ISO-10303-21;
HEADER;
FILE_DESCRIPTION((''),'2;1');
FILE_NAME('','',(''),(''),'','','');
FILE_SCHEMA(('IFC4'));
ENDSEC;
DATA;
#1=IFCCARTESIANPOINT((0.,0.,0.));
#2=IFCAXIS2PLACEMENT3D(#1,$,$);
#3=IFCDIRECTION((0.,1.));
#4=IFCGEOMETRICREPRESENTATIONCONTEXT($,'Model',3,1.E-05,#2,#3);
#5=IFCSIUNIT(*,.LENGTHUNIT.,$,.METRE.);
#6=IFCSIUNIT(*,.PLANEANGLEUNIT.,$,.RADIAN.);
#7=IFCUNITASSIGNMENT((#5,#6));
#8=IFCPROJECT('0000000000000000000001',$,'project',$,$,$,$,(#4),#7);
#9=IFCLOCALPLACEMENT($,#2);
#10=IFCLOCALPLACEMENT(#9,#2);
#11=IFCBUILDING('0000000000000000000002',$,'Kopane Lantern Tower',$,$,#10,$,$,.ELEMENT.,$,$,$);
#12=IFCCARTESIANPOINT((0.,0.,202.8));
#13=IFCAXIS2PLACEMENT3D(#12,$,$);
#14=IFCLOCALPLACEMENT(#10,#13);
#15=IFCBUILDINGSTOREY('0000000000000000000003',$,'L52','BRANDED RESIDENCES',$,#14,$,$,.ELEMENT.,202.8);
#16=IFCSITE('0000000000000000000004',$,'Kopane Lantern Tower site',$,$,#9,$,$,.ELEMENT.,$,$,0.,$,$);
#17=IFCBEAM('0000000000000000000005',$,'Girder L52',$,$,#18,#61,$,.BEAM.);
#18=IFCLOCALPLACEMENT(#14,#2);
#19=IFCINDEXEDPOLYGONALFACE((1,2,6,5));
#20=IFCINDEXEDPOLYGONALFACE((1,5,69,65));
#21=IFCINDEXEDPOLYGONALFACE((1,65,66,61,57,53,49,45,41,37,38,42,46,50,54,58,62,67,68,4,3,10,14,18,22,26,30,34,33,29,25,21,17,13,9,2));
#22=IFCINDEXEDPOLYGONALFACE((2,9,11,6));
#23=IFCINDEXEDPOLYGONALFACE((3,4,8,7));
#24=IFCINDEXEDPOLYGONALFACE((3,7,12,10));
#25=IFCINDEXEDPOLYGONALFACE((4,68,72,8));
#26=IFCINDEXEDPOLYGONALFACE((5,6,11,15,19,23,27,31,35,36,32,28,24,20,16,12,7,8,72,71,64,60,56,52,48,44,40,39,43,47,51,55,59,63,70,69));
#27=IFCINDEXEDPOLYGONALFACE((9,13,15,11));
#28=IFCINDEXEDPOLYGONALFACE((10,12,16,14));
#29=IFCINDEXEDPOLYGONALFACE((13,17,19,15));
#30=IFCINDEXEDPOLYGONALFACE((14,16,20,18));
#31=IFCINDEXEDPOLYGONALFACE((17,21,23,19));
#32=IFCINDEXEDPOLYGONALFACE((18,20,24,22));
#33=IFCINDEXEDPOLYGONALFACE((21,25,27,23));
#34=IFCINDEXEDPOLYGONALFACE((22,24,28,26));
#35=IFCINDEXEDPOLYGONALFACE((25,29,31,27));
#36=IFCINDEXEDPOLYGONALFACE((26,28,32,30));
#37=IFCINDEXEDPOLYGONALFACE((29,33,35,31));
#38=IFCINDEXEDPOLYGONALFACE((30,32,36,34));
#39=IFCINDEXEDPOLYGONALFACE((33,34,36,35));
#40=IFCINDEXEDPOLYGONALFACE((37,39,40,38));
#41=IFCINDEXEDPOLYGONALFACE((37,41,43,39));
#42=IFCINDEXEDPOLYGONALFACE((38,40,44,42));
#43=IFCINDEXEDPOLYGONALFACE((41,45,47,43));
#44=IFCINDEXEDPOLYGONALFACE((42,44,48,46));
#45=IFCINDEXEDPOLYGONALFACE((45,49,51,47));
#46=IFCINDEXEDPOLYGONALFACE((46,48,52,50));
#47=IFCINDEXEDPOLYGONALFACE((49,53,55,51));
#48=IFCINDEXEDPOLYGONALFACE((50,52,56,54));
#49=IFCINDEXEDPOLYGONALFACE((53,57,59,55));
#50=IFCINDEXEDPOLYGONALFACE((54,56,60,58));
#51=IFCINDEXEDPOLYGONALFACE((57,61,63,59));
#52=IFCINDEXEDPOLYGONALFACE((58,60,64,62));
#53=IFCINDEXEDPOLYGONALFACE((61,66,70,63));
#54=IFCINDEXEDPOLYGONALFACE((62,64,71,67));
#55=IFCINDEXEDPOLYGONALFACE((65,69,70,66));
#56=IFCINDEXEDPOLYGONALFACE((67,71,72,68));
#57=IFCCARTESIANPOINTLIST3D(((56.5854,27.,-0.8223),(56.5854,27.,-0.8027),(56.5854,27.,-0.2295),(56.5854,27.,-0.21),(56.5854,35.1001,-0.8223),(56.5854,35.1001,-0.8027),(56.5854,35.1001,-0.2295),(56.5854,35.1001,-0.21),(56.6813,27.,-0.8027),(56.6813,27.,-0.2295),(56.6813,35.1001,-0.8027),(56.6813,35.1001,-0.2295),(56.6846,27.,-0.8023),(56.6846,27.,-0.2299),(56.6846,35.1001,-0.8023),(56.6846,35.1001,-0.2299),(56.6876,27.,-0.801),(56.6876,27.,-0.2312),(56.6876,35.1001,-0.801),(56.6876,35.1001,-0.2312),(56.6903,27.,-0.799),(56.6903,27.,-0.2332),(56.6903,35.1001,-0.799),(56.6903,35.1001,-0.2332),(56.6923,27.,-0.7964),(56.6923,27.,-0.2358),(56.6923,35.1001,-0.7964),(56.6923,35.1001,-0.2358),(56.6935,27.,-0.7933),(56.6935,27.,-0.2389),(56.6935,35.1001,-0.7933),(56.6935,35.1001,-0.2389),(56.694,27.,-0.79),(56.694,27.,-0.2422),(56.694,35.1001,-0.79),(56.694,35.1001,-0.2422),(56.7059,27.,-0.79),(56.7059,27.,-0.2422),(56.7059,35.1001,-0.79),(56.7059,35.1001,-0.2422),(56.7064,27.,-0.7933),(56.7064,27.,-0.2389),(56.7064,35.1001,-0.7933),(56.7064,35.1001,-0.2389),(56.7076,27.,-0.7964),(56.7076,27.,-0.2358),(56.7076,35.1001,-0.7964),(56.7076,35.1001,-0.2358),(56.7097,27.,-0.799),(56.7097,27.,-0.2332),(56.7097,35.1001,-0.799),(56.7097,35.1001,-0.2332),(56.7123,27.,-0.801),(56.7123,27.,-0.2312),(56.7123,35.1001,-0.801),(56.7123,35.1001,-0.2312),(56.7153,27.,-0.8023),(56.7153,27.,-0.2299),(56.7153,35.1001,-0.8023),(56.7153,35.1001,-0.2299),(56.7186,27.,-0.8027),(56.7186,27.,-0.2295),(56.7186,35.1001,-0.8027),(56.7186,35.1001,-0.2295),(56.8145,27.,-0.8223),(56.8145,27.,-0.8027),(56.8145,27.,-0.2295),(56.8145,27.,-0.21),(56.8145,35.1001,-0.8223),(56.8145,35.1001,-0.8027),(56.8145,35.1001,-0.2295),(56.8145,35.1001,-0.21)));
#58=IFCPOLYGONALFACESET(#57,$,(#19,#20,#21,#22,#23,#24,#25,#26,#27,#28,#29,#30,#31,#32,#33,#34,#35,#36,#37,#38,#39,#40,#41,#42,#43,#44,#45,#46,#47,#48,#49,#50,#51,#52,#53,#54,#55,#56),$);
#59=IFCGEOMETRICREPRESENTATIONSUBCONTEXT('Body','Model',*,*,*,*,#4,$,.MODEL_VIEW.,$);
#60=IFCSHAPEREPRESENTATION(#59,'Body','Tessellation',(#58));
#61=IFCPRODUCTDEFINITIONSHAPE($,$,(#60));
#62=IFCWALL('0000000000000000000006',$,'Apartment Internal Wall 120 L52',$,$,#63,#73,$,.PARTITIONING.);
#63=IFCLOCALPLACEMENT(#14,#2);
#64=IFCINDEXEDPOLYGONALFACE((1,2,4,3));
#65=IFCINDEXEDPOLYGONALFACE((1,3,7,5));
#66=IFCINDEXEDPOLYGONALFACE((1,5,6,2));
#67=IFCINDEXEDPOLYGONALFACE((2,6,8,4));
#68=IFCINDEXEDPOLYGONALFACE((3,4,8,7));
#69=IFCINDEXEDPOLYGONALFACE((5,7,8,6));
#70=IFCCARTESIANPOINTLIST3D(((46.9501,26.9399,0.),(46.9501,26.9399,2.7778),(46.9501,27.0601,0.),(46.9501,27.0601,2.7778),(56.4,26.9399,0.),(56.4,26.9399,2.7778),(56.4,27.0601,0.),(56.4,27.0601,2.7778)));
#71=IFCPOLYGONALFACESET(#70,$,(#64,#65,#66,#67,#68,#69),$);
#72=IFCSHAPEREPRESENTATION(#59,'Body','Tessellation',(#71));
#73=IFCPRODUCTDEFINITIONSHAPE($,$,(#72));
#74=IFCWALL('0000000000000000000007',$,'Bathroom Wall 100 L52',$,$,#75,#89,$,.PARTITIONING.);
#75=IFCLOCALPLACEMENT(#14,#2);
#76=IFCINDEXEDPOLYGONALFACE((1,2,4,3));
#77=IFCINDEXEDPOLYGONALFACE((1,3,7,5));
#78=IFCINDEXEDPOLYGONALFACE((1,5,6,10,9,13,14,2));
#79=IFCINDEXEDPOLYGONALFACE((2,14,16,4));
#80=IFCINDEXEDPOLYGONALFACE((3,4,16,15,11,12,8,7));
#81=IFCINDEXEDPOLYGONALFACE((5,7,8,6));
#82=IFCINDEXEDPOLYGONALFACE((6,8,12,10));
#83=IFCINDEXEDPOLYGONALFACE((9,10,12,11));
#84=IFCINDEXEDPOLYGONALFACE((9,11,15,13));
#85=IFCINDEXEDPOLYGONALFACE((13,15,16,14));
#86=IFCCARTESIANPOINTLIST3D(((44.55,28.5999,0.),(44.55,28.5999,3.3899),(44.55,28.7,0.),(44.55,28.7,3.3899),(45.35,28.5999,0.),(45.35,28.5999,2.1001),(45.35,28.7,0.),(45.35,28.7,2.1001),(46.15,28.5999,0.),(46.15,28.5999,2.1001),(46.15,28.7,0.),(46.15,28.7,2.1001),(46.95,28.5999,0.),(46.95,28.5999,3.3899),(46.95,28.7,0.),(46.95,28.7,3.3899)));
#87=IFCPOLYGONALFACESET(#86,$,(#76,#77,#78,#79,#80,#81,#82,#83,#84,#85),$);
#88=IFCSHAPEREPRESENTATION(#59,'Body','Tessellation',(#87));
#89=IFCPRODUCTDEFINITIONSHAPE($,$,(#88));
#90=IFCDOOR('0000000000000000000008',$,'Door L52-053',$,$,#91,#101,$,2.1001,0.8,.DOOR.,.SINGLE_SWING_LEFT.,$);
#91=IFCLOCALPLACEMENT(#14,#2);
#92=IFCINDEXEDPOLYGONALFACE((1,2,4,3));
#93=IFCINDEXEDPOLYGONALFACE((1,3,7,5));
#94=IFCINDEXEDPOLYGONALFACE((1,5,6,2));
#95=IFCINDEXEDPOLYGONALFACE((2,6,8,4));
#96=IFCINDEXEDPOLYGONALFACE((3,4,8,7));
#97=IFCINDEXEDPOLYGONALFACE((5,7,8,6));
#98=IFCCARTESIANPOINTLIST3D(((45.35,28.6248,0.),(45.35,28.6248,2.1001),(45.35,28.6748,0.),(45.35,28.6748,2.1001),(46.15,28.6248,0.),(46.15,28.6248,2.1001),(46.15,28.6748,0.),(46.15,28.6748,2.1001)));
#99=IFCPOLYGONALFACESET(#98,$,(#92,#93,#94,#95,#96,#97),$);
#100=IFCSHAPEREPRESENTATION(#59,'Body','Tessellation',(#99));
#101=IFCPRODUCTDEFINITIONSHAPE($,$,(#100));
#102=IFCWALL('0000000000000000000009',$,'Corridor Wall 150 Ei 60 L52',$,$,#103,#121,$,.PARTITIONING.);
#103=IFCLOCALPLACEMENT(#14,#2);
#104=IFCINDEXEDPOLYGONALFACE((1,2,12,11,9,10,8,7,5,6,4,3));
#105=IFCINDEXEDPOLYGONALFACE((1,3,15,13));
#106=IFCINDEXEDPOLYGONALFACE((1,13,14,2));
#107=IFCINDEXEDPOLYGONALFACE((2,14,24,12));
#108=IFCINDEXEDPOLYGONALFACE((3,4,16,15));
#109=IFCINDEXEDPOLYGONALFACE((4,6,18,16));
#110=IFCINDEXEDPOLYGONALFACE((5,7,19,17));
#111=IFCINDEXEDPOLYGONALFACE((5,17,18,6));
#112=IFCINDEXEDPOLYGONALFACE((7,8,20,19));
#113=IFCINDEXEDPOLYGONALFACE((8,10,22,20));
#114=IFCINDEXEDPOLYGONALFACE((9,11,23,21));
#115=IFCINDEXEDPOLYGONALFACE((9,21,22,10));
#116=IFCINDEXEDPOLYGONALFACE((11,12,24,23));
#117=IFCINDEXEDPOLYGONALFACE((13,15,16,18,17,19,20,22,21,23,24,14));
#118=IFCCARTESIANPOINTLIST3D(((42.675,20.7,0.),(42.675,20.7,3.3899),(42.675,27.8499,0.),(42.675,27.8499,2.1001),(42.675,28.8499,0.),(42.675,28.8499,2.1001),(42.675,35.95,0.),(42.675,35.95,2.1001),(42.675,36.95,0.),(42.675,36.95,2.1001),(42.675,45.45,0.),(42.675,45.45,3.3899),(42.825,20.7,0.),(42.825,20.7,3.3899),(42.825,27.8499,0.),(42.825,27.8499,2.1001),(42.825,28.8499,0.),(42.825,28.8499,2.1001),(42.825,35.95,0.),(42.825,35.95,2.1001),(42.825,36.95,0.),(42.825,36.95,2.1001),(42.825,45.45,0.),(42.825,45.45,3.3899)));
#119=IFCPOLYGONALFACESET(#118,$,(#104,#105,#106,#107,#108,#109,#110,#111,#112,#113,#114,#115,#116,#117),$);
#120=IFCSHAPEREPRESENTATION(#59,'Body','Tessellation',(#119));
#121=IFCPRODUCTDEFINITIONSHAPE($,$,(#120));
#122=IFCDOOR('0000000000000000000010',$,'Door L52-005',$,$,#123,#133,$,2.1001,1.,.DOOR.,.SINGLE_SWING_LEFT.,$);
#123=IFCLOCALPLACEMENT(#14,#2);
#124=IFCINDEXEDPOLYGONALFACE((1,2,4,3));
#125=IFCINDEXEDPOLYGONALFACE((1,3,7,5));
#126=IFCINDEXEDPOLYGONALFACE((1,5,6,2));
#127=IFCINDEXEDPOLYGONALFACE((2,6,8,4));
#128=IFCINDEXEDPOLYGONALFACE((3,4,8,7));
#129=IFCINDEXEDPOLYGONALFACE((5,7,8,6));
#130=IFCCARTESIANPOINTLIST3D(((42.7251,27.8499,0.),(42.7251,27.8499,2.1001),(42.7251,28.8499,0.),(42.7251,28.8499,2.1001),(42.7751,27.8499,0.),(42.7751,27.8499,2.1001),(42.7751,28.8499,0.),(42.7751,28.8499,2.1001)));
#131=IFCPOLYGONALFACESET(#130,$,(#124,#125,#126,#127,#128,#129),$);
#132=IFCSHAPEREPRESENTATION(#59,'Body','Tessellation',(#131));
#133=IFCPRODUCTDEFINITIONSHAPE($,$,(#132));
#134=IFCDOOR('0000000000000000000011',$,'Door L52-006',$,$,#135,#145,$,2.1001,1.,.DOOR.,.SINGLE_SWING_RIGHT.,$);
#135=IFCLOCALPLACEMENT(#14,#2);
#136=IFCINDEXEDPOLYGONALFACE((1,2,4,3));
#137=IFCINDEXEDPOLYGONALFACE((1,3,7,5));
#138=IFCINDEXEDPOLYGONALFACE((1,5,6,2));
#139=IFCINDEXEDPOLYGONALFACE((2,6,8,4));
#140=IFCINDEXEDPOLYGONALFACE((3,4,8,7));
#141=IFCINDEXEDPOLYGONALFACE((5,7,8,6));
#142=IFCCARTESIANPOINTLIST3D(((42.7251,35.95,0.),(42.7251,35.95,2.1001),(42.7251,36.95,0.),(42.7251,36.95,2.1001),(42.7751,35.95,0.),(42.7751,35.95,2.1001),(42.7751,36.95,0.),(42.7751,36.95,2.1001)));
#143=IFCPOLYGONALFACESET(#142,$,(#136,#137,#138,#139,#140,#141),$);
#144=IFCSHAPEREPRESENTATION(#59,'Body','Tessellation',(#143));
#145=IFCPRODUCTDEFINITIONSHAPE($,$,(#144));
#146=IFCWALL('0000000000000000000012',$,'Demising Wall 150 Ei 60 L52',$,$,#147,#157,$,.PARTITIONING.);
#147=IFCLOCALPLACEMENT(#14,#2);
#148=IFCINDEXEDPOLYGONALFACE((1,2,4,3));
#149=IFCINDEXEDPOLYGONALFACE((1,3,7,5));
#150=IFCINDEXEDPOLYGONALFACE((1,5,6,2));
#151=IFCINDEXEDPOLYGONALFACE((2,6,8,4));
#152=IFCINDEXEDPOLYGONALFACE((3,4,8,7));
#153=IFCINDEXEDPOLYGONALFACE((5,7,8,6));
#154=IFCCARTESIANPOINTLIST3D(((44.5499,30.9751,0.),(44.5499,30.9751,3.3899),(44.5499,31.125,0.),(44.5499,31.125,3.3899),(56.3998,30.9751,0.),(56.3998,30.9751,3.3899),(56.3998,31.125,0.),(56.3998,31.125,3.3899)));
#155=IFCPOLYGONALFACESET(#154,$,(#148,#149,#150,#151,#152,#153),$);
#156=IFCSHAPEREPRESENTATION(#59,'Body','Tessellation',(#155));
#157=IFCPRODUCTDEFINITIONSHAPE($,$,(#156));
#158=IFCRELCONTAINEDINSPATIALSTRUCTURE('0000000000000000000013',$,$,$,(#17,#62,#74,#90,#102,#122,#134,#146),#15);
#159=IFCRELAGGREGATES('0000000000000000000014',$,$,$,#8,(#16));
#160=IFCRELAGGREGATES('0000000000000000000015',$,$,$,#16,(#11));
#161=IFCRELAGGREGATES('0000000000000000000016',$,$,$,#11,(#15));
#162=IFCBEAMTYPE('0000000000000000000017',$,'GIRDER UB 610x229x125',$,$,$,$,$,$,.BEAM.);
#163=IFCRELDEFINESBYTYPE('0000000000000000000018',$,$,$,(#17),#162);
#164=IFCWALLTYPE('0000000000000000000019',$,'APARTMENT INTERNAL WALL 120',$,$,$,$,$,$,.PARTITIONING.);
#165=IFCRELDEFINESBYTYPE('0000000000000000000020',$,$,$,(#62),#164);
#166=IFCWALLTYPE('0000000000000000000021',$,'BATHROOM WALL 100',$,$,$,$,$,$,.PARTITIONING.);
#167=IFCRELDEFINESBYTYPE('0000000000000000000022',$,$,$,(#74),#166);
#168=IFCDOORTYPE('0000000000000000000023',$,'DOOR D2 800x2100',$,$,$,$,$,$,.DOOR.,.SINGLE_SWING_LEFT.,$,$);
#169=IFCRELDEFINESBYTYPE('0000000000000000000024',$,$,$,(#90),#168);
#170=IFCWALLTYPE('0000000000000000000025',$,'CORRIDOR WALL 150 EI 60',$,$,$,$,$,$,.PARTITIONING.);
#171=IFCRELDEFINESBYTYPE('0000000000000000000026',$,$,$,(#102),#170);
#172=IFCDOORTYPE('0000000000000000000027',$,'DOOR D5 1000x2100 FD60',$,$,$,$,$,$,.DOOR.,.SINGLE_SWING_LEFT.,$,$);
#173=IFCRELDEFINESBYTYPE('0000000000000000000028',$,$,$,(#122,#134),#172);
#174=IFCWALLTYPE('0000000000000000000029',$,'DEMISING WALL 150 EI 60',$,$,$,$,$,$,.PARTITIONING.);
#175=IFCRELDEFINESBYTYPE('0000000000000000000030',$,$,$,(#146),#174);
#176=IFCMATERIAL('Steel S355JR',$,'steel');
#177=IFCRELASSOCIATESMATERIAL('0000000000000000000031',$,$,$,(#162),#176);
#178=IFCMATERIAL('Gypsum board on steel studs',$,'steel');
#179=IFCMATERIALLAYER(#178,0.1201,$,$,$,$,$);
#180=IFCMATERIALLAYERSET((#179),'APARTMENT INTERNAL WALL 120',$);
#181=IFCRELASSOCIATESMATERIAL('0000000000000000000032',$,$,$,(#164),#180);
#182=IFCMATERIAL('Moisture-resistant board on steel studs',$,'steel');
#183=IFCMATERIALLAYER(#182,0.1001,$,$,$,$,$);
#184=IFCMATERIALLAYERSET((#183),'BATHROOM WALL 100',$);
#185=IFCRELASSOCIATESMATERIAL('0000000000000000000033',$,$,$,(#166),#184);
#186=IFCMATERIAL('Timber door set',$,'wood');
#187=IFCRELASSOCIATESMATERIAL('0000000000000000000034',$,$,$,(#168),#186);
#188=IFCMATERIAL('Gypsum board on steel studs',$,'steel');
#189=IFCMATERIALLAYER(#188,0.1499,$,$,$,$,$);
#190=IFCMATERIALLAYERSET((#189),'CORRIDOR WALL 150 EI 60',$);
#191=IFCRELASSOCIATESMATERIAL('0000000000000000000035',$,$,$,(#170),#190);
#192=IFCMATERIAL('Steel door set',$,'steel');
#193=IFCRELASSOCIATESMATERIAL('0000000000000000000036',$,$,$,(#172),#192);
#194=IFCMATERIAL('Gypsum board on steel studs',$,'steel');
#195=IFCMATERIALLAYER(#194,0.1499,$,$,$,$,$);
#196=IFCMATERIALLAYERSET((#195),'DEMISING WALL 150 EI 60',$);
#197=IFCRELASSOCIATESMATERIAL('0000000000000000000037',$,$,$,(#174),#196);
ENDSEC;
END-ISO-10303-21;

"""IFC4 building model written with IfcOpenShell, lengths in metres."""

from ifc_helpers import new_model, si_unit, direction, frame, frame_2d, origin, origin_2d, place, context, subcontext, project, spatial, rectangle, i_section, extrude, material, layer, layer_set, material_profile, profile_set, type_object, element, fill, save


model = new_model("IFC4")

# Units and contexts
model_context = context("Model", 3, precision=1e-05, world=origin(), true_north=direction((0.0, 1.0)))
body_context = subcontext(model_context, "Body", "Model", "MODEL_VIEW")
ifc_project = project(units=[si_unit("LENGTHUNIT", "METRE"), si_unit("PLANEANGLEUNIT", "RADIAN")], contexts=[model_context])

# Site, building, storey
site_placement = place(None, origin())
site = spatial("IfcSite", under=ifc_project, at=site_placement, Name="Kopane Lantern Tower site", CompositionType="ELEMENT", RefElevation=0.0)
building_placement = place(site_placement, origin())
building = spatial("IfcBuilding", under=site, at=building_placement, Name="Kopane Lantern Tower", CompositionType="ELEMENT")
storey_placement = place(building_placement, frame((0.0, 0.0, 202.8)))
storey = spatial("IfcBuildingStorey", under=building, at=storey_placement, Name="L52", Description="BRANDED RESIDENCES", CompositionType="ELEMENT", Elevation=202.8)

# Beam
ifc_material_1 = material(Name="Steel S355JR", Category="steel")
ifc_material_profile_1 = material_profile(ifc_material_1, i_section(OverallWidth=0.229, OverallDepth=0.6123, WebThickness=0.012, FlangeThickness=0.0195, FilletRadius=0.0127, at=origin_2d()), Name="UB 610x229x125")
ifc_profile_set_1 = profile_set([ifc_material_profile_1], Name="Steel S355JR")
beam_type = type_object("IfcBeamType", Name="GIRDER UB 610x229x125", PredefinedType="BEAM", material=ifc_profile_set_1)
beam_1_placement = place(storey_placement, frame((56.7, 27.0, -0.5161), z_axis=(0.0, 1.0, 0.0), x_axis=(-1.0, 0.0, 0.0)))
element("IfcBeam", 1, at=beam_1_placement, inside=storey, type_object=beam_type, Name="Girder L52", PredefinedType="BEAM", context=body_context, shape_type="SweptSolid", body=[
    extrude(i_section(OverallWidth=0.229, OverallDepth=0.6123, WebThickness=0.012, FlangeThickness=0.0195, FilletRadius=0.0127, at=origin_2d()), origin(), (0.0, 0.0, 1.0), 8.1001),
])

# Wall
ifc_material_2 = material(Name="Gypsum board on steel studs", Category="steel")
ifc_layer_1 = layer(ifc_material_2, 0.1201)
ifc_layer_set_1 = layer_set([ifc_layer_1], Name="APARTMENT INTERNAL WALL 120")
wall_type_1 = type_object("IfcWallType", Name="APARTMENT INTERNAL WALL 120", PredefinedType="PARTITIONING", material=ifc_layer_set_1)
wall_1_placement = place(storey_placement, frame((46.95, 27.0, 0.0), z_axis=(0.0, 0.0, 1.0), x_axis=(1.0, 0.0, 0.0)))
element("IfcWall", 2, at=wall_1_placement, inside=storey, type_object=wall_type_1, Name="Apartment Internal Wall 120 L52", PredefinedType="PARTITIONING", context=body_context, shape_type="SweptSolid", body=[
    extrude(rectangle(XDim=9.45, YDim=0.1201, at=frame_2d((4.7251, 0.0))), origin(), (0.0, 0.0, 1.0), 2.7778),
])

# Wall, opening, door
ifc_material_3 = material(Name="Moisture-resistant board on steel studs", Category="steel")
ifc_layer_2 = layer(ifc_material_3, 0.1001)
ifc_layer_set_2 = layer_set([ifc_layer_2], Name="BATHROOM WALL 100")
wall_type_2 = type_object("IfcWallType", Name="BATHROOM WALL 100", PredefinedType="PARTITIONING", material=ifc_layer_set_2)
wall_2_placement = place(storey_placement, frame((44.55, 28.6499, 0.0), z_axis=(0.0, 0.0, 1.0), x_axis=(1.0, 0.0, 0.0)))
wall_2 = element("IfcWall", 3, at=wall_2_placement, inside=storey, type_object=wall_type_2, Name="Bathroom Wall 100 L52", PredefinedType="PARTITIONING", context=body_context, shape_type="SweptSolid", body=[
    extrude(rectangle(XDim=2.3999, YDim=0.1001, at=frame_2d((1.2, 0.0))), origin(), (0.0, 0.0, 1.0), 3.3899),
])
opening_1_placement = place(wall_2_placement, frame((0.8, 0.0, 0.0)))
opening_1 = element("IfcOpeningElement", 4, at=opening_1_placement, cuts=wall_2, PredefinedType="OPENING", context=body_context, shape_type="SweptSolid", body=[
    extrude(rectangle(XDim=0.8, YDim=2.1001, at=frame_2d((0.3999, 1.05))), frame((0.0, 0.0601, 0.0), z_axis=(0.0, -1.0, 0.0), x_axis=(1.0, 0.0, 0.0)), (0.0, 0.0, 1.0), 0.1201),
])
ifc_material_4 = material(Name="Timber door set", Category="wood")
door_type_1 = type_object("IfcDoorType", Name="DOOR D2 800x2100", OperationType="SINGLE_SWING_LEFT", PredefinedType="DOOR", material=ifc_material_4)
door_1_placement = place(opening_1_placement, origin())
door_1 = element("IfcDoor", 5, at=door_1_placement, inside=storey, type_object=door_type_1, Name="Door L52-053", OperationType="SINGLE_SWING_LEFT", OverallHeight=2.1001, OverallWidth=0.8, PredefinedType="DOOR", context=body_context, shape_type="SweptSolid", body=[
    extrude(rectangle(XDim=0.8, YDim=2.1001, at=frame_2d((0.3999, 1.05))), frame((0.0, 0.0249, 0.0), z_axis=(0.0, -1.0, 0.0), x_axis=(1.0, 0.0, 0.0)), (0.0, 0.0, 1.0), 0.05),
])
fill(opening_1, door_1)

# Wall, openings, doors
ifc_material_5 = material(Name="Gypsum board on steel studs", Category="steel")
ifc_layer_3 = layer(ifc_material_5, 0.1499)
ifc_layer_set_3 = layer_set([ifc_layer_3], Name="CORRIDOR WALL 150 EI 60")
wall_type_3 = type_object("IfcWallType", Name="CORRIDOR WALL 150 EI 60", PredefinedType="PARTITIONING", material=ifc_layer_set_3)
wall_3_placement = place(storey_placement, frame((42.75, 20.7, 0.0), z_axis=(0.0, 0.0, 1.0), x_axis=(0.0, 1.0, 0.0)))
wall_3 = element("IfcWall", 6, at=wall_3_placement, inside=storey, type_object=wall_type_3, Name="Corridor Wall 150 Ei 60 L52", PredefinedType="PARTITIONING", context=body_context, shape_type="SweptSolid", body=[
    extrude(rectangle(XDim=24.75, YDim=0.1499, at=frame_2d((12.375, 0.0))), origin(), (0.0, 0.0, 1.0), 3.3899),
])
opening_2_placement = place(wall_3_placement, frame((7.1499, 0.0, 0.0)))
opening_2 = element("IfcOpeningElement", 7, at=opening_2_placement, cuts=wall_3, PredefinedType="OPENING", context=body_context, shape_type="SweptSolid", body=[
    extrude(rectangle(XDim=1.0, YDim=2.1001, at=frame_2d((0.5, 1.05))), frame((0.0, 0.085, 0.0), z_axis=(0.0, -1.0, 0.0), x_axis=(1.0, 0.0, 0.0)), (0.0, 0.0, 1.0), 0.1699),
])
opening_3_placement = place(wall_3_placement, frame((15.25, 0.0, 0.0)))
opening_3 = element("IfcOpeningElement", 8, at=opening_3_placement, cuts=wall_3, PredefinedType="OPENING", context=body_context, shape_type="SweptSolid", body=[
    extrude(rectangle(XDim=1.0, YDim=2.1001, at=frame_2d((0.5, 1.05))), frame((0.0, 0.085, 0.0), z_axis=(0.0, -1.0, 0.0), x_axis=(1.0, 0.0, 0.0)), (0.0, 0.0, 1.0), 0.1699),
])
ifc_material_6 = material(Name="Steel door set", Category="steel")
door_type_2 = type_object("IfcDoorType", Name="DOOR D5 1000x2100 FD60", OperationType="SINGLE_SWING_LEFT", PredefinedType="DOOR", material=ifc_material_6)
door_2_placement = place(opening_2_placement, origin())
door_2 = element("IfcDoor", 9, at=door_2_placement, inside=storey, type_object=door_type_2, Name="Door L52-005", OperationType="SINGLE_SWING_LEFT", OverallHeight=2.1001, OverallWidth=1.0, PredefinedType="DOOR", context=body_context, shape_type="SweptSolid", body=[
    extrude(rectangle(XDim=1.0, YDim=2.1001, at=frame_2d((0.5, 1.05))), frame((0.0, 0.0249, 0.0), z_axis=(0.0, -1.0, 0.0), x_axis=(1.0, 0.0, 0.0)), (0.0, 0.0, 1.0), 0.05),
])
fill(opening_2, door_2)
door_3_placement = place(opening_3_placement, origin())
door_3 = element("IfcDoor", 10, at=door_3_placement, inside=storey, type_object=door_type_2, Name="Door L52-006", OperationType="SINGLE_SWING_RIGHT", OverallHeight=2.1001, OverallWidth=1.0, PredefinedType="DOOR", context=body_context, shape_type="SweptSolid", body=[
    extrude(rectangle(XDim=1.0, YDim=2.1001, at=frame_2d((0.5, 1.05))), frame((0.0, 0.0249, 0.0), z_axis=(0.0, -1.0, 0.0), x_axis=(1.0, 0.0, 0.0)), (0.0, 0.0, 1.0), 0.05),
])
fill(opening_3, door_3)

# Wall
ifc_material_7 = material(Name="Gypsum board on steel studs", Category="steel")
ifc_layer_4 = layer(ifc_material_7, 0.1499)
ifc_layer_set_4 = layer_set([ifc_layer_4], Name="DEMISING WALL 150 EI 60")
wall_type_4 = type_object("IfcWallType", Name="DEMISING WALL 150 EI 60", PredefinedType="PARTITIONING", material=ifc_layer_set_4)
wall_4_placement = place(storey_placement, frame((44.55, 31.05, 0.0), z_axis=(0.0, 0.0, 1.0), x_axis=(1.0, 0.0, 0.0)))
element("IfcWall", 11, at=wall_4_placement, inside=storey, type_object=wall_type_4, Name="Demising Wall 150 Ei 60 L52", PredefinedType="PARTITIONING", context=body_context, shape_type="SweptSolid", body=[
    extrude(rectangle(XDim=11.8499, YDim=0.1499, at=frame_2d((5.9248, 0.0))), origin(), (0.0, 0.0, 1.0), 3.3899),
])

save(model, "model.ifc")
